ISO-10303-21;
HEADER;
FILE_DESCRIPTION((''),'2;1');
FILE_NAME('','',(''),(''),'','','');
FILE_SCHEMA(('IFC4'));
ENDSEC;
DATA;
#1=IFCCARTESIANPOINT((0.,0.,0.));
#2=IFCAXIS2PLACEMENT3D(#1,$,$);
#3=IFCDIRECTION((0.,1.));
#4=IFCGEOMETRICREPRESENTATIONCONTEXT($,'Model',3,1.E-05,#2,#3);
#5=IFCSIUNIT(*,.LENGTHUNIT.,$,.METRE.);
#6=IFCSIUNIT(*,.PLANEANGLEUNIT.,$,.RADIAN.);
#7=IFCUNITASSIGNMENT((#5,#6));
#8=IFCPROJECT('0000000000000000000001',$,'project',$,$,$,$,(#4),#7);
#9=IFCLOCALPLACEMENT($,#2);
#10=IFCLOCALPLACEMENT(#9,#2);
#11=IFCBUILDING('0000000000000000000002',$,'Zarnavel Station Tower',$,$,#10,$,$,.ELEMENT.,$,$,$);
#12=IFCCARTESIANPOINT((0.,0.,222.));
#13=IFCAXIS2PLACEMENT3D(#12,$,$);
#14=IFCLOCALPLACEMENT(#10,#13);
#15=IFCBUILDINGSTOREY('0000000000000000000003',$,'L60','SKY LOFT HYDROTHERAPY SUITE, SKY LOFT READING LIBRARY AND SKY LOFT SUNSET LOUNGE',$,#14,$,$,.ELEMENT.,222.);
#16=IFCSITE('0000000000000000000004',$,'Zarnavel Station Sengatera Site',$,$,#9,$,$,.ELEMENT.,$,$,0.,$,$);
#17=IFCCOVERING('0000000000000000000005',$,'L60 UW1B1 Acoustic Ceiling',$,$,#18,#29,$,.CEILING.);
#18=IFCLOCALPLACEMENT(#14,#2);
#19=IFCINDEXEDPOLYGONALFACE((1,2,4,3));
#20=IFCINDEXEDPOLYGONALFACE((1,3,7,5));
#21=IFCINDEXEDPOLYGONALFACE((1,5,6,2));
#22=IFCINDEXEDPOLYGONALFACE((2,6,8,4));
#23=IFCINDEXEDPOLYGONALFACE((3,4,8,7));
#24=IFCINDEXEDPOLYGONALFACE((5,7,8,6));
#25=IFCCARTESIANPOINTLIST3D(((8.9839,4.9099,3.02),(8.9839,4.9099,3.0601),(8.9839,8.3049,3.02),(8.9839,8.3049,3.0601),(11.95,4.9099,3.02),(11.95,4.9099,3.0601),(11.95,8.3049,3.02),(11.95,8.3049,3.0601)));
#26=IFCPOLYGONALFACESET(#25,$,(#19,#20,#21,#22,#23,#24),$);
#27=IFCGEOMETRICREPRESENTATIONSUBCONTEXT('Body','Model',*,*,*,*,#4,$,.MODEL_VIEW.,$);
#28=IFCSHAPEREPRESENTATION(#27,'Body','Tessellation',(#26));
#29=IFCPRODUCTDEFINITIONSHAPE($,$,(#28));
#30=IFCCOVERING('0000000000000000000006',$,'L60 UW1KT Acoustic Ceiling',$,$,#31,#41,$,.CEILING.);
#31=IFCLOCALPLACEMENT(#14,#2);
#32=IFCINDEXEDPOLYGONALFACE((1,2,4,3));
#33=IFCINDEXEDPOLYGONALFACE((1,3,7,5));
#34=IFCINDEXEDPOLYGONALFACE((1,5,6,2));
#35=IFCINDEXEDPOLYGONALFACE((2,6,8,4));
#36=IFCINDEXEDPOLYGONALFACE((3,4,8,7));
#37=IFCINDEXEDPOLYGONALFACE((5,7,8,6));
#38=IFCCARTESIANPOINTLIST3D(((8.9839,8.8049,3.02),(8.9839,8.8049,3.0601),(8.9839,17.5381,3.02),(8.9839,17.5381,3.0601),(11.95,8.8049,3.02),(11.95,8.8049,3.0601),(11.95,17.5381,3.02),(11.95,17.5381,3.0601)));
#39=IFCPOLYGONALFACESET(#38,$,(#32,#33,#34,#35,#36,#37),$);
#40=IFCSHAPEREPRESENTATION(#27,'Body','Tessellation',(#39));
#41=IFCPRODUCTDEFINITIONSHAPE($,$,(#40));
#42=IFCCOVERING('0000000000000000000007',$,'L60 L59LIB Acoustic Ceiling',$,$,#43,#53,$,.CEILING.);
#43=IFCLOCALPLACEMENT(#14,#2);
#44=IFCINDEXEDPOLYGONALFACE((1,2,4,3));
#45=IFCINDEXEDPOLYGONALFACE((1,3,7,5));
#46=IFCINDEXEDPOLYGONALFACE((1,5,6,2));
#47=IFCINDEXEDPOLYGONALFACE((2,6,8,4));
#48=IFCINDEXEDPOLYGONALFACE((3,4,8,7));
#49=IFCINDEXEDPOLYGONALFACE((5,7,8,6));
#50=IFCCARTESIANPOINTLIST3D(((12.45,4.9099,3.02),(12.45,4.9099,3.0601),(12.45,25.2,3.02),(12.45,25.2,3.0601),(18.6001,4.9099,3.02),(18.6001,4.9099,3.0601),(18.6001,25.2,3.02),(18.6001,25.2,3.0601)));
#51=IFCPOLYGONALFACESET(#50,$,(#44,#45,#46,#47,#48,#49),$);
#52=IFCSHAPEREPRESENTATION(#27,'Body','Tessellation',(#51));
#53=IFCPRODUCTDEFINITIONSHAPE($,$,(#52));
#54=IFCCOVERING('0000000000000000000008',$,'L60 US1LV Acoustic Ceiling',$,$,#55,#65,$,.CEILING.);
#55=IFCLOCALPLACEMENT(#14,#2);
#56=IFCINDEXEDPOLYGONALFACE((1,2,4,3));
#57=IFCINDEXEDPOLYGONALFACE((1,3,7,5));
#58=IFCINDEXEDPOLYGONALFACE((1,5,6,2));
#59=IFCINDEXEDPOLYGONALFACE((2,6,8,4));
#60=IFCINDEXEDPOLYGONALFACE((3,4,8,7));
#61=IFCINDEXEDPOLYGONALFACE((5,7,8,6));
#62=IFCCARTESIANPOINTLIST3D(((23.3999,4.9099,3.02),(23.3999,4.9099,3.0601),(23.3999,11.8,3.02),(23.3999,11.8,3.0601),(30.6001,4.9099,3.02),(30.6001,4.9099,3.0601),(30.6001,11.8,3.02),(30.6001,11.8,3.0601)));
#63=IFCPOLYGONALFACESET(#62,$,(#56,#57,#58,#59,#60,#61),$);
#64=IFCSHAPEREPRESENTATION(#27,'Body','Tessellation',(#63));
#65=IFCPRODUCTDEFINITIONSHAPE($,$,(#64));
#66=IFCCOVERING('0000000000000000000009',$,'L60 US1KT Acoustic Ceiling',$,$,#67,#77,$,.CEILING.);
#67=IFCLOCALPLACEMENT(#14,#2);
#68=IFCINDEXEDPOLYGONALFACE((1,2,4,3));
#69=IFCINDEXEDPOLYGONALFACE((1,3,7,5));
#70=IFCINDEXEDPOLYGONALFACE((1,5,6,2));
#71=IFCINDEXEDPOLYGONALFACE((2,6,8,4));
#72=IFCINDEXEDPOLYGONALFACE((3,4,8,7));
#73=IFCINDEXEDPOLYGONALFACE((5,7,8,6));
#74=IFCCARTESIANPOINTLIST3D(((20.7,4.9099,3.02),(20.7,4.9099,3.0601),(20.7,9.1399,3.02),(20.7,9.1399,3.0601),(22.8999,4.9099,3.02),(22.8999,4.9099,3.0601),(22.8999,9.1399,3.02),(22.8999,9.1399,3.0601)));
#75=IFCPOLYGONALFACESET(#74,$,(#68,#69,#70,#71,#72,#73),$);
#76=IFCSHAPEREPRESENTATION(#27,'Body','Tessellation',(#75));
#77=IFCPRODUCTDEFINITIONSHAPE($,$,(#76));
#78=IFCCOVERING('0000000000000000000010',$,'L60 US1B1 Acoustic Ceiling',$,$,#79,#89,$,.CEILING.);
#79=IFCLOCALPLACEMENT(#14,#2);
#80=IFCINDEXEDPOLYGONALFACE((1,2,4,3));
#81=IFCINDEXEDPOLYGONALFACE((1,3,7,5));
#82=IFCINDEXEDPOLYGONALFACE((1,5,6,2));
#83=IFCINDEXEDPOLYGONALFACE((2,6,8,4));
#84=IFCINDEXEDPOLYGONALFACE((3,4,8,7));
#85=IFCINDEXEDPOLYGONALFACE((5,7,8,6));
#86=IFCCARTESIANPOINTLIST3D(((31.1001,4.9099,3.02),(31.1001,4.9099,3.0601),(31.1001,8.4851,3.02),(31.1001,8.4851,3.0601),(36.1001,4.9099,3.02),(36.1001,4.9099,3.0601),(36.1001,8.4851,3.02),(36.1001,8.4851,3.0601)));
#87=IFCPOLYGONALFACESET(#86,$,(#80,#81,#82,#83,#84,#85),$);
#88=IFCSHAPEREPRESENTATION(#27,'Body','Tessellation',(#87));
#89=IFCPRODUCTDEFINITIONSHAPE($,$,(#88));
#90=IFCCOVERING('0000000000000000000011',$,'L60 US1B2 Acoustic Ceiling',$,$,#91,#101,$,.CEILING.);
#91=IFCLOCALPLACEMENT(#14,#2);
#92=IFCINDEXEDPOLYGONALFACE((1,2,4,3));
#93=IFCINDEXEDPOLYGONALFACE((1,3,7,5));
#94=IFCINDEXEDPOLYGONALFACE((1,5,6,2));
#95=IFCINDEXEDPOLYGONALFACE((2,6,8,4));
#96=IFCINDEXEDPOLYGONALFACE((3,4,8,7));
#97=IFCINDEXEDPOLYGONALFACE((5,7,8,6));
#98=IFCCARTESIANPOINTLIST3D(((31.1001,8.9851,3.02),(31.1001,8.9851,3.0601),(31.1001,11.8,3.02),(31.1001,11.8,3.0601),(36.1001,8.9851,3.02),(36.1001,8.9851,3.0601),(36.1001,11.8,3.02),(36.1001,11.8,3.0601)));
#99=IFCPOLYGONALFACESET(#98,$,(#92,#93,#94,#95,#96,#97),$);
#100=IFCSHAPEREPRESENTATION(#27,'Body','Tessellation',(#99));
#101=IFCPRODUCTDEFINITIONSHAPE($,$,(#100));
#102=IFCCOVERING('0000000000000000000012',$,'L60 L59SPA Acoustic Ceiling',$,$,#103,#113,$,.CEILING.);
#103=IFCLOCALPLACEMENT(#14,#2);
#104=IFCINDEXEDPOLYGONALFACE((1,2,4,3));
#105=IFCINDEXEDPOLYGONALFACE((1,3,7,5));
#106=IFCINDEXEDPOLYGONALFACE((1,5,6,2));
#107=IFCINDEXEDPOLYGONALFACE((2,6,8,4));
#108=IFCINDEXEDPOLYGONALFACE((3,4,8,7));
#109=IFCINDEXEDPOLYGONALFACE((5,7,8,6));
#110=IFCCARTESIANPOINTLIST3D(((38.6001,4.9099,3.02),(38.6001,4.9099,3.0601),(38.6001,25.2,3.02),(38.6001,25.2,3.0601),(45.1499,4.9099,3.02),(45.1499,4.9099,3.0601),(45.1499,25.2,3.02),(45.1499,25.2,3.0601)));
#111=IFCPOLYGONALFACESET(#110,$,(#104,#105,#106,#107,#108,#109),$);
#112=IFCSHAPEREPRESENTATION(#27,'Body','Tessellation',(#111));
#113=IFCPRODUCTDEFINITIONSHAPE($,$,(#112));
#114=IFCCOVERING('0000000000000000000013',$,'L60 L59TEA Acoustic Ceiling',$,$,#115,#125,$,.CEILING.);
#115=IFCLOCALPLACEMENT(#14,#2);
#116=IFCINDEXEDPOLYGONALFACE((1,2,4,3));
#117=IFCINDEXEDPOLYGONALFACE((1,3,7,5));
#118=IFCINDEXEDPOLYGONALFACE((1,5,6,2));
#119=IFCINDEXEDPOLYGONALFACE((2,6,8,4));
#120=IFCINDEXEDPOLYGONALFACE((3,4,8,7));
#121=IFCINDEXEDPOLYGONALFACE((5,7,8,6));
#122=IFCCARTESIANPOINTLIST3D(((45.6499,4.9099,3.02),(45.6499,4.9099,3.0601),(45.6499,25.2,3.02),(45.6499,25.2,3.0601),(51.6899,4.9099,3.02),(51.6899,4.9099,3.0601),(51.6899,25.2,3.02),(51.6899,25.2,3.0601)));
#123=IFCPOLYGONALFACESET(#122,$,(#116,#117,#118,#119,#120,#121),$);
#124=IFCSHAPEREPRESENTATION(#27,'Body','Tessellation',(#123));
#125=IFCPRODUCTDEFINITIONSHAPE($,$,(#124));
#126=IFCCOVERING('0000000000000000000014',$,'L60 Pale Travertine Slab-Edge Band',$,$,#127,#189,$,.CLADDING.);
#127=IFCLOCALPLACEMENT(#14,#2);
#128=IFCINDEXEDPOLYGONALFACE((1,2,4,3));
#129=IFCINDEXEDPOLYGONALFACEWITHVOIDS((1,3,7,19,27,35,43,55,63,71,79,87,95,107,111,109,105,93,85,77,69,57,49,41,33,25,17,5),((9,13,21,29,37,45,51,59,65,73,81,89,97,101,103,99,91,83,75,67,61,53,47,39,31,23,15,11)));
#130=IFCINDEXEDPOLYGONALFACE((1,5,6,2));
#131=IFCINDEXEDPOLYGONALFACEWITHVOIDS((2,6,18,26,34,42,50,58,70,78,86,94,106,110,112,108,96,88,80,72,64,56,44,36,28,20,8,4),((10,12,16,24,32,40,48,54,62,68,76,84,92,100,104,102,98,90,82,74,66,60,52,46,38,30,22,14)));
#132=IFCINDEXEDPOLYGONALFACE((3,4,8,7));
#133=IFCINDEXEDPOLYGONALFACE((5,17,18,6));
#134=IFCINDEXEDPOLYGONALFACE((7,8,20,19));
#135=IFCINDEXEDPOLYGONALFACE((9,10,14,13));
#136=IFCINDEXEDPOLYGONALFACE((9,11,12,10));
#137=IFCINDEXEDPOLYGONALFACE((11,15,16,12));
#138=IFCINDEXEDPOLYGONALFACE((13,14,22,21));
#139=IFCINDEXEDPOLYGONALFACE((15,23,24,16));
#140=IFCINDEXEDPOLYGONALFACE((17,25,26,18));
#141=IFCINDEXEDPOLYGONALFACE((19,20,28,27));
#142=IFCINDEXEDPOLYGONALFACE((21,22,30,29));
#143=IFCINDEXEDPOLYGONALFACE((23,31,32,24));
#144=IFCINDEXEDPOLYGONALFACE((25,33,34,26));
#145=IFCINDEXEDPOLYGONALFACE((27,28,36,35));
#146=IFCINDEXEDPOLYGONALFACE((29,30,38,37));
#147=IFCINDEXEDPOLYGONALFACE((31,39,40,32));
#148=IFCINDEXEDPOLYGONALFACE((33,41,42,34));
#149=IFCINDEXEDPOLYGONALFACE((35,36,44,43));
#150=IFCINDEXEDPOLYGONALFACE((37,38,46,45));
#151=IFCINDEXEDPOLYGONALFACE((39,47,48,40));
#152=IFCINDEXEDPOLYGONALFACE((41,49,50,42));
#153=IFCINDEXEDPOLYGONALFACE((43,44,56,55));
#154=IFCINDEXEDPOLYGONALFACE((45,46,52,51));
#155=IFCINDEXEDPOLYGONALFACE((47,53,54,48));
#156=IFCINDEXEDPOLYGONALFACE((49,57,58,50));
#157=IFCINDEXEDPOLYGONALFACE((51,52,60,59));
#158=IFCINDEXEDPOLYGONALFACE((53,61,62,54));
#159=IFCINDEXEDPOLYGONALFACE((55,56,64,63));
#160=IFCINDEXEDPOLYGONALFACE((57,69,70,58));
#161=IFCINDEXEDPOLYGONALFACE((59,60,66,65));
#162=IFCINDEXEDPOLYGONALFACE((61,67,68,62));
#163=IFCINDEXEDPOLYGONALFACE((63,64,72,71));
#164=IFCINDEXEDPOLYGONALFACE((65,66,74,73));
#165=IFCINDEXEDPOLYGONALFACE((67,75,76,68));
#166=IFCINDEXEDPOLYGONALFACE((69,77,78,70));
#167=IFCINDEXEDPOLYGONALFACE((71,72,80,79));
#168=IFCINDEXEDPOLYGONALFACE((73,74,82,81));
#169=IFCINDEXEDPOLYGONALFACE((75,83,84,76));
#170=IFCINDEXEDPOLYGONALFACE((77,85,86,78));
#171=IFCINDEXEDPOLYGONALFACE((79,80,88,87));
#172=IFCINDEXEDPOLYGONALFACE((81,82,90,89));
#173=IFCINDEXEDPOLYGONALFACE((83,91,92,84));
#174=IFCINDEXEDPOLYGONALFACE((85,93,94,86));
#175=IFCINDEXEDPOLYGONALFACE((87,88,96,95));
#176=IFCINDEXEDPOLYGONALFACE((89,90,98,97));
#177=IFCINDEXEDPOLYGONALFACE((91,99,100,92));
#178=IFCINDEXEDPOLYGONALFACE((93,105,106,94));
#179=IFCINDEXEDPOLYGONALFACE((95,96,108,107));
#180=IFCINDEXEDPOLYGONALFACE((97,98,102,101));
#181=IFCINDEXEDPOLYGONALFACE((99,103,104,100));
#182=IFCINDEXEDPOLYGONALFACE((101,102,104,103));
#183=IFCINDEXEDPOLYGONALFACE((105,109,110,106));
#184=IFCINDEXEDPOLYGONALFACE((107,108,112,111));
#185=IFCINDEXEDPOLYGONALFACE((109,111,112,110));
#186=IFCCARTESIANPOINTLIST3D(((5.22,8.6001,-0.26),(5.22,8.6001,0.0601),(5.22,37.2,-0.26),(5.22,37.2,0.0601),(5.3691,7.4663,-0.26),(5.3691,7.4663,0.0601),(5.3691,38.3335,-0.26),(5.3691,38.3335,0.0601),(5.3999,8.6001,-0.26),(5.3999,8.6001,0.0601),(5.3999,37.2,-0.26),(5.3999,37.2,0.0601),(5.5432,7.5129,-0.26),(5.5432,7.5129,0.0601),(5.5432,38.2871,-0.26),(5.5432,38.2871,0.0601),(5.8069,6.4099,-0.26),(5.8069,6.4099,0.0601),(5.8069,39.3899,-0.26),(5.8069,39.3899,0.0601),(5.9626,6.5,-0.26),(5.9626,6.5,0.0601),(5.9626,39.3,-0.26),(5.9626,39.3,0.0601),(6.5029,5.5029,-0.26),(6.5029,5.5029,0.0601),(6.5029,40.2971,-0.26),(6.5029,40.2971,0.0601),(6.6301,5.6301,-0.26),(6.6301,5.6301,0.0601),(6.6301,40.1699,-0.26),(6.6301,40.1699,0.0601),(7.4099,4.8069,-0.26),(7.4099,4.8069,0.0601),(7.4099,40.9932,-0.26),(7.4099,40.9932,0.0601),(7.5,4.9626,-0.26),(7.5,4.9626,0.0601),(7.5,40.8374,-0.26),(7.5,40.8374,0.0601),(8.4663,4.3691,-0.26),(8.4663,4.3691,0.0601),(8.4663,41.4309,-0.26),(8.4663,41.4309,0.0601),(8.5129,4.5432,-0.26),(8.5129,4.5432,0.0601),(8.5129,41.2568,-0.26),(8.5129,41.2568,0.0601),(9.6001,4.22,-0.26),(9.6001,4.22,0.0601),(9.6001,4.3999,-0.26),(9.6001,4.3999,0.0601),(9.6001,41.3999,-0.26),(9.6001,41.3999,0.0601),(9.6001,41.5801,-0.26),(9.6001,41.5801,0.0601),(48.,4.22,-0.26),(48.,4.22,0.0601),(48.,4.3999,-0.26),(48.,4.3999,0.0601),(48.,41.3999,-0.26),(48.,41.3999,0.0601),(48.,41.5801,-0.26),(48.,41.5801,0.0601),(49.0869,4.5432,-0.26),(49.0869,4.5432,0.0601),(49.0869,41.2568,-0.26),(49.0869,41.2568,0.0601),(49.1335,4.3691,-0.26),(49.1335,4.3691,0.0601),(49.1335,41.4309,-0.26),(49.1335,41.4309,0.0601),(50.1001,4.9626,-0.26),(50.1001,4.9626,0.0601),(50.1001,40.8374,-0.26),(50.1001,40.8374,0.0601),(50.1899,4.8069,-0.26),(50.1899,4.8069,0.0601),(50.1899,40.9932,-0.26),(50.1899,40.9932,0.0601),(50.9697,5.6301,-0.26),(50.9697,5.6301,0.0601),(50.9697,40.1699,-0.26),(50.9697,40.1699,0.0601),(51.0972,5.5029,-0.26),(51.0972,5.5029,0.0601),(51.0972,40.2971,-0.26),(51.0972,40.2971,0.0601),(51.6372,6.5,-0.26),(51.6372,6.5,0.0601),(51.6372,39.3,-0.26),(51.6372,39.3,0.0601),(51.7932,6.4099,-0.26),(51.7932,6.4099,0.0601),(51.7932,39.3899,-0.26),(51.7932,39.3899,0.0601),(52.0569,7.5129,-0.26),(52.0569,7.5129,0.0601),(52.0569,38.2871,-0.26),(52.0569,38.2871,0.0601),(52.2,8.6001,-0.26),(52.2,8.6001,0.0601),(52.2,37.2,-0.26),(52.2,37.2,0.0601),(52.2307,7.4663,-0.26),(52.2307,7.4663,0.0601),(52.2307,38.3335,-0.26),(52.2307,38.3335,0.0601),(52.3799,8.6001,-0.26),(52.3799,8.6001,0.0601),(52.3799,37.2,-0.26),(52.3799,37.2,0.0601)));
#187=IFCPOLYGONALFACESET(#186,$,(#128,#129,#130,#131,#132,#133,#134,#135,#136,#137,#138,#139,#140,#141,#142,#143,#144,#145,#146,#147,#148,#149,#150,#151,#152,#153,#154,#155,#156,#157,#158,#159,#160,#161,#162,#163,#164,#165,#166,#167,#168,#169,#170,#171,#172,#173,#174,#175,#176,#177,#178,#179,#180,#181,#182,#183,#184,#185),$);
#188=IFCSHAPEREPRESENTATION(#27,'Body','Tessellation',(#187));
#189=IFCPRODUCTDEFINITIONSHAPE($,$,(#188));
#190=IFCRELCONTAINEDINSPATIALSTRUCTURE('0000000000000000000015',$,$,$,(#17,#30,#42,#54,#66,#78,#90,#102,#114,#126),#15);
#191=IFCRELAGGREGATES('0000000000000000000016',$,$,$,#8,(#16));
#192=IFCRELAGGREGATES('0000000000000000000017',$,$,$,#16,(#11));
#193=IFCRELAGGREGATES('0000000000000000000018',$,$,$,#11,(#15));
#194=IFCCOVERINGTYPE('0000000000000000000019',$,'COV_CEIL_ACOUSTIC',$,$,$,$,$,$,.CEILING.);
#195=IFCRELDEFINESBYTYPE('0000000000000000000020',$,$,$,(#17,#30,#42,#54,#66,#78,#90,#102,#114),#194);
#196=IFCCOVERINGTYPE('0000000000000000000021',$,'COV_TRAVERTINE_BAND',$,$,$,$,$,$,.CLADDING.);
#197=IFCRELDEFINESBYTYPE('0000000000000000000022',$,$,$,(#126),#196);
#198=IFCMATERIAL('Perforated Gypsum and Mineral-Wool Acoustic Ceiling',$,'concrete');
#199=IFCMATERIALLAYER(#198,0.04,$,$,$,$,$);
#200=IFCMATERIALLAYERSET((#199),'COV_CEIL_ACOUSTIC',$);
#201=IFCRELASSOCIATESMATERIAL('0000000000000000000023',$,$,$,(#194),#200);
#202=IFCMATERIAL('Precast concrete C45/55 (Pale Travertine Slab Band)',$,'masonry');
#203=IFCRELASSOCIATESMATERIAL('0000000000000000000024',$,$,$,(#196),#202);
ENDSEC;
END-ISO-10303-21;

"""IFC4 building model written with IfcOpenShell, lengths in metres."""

from ifc_helpers import new_model, si_unit, direction, frame, origin, place, context, subcontext, project, spatial, polyline, outline, extrude, material, layer, layer_set, type_object, element, save


model = new_model("IFC4")

# Units and contexts
model_context = context("Model", 3, precision=1e-05, world=origin(), true_north=direction((0.0, 1.0)))
body_context = subcontext(model_context, "Body", "Model", "MODEL_VIEW")
ifc_project = project(units=[si_unit("LENGTHUNIT", "METRE"), si_unit("PLANEANGLEUNIT", "RADIAN")], contexts=[model_context])

# Site, building, storey
site_placement = place(None, origin())
site = spatial("IfcSite", under=ifc_project, at=site_placement, Name="Zarnavel Station Sengatera Site", CompositionType="ELEMENT", RefElevation=0.0)
building_placement = place(site_placement, origin())
building = spatial("IfcBuilding", under=site, at=building_placement, Name="Zarnavel Station Tower", CompositionType="ELEMENT")
storey_placement = place(building_placement, frame((0.0, 0.0, 222.0)))
storey = spatial("IfcBuildingStorey", under=building, at=storey_placement, Name="L60", Description="SKY LOFT HYDROTHERAPY SUITE, SKY LOFT READING LIBRARY AND SKY LOFT SUNSET LOUNGE", CompositionType="ELEMENT", Elevation=222.0)

# Coverings
ifc_material_1 = material(Name="Perforated Gypsum and Mineral-Wool Acoustic Ceiling", Category="concrete")
ifc_layer_1 = layer(ifc_material_1, 0.04)
ifc_layer_set_1 = layer_set([ifc_layer_1], Name="COV_CEIL_ACOUSTIC")
covering_type_1 = type_object("IfcCoveringType", Name="COV_CEIL_ACOUSTIC", PredefinedType="CEILING", material=ifc_layer_set_1)
covering_1_placement = place(storey_placement, frame((0.0, 0.0, 3.02)))
element("IfcCovering", 1, at=covering_1_placement, inside=storey, type_object=covering_type_1, Name="L60 UW1B1 Acoustic Ceiling", PredefinedType="CEILING", context=body_context, shape_type="SweptSolid", body=[
    extrude(outline(polyline([(8.9839, 4.9099), (11.95, 4.9099), (11.95, 8.3049), (8.9839, 8.3049), (8.9839, 4.9099)])), origin(), (0.0, 0.0, 1.0), 0.04),
])
covering_2_placement = place(storey_placement, frame((0.0, 0.0, 3.02)))
element("IfcCovering", 2, at=covering_2_placement, inside=storey, type_object=covering_type_1, Name="L60 UW1KT Acoustic Ceiling", PredefinedType="CEILING", context=body_context, shape_type="SweptSolid", body=[
    extrude(outline(polyline([(8.9839, 8.8049), (11.95, 8.8049), (11.95, 17.5381), (8.9839, 17.5381), (8.9839, 8.8049)])), origin(), (0.0, 0.0, 1.0), 0.04),
])
covering_3_placement = place(storey_placement, frame((0.0, 0.0, 3.02)))
element("IfcCovering", 3, at=covering_3_placement, inside=storey, type_object=covering_type_1, Name="L60 L59LIB Acoustic Ceiling", PredefinedType="CEILING", context=body_context, shape_type="SweptSolid", body=[
    extrude(outline(polyline([(12.45, 4.9099), (18.6001, 4.9099), (18.6001, 25.2), (12.45, 25.2), (12.45, 4.9099)])), origin(), (0.0, 0.0, 1.0), 0.04),
])
covering_4_placement = place(storey_placement, frame((0.0, 0.0, 3.02)))
element("IfcCovering", 4, at=covering_4_placement, inside=storey, type_object=covering_type_1, Name="L60 US1LV Acoustic Ceiling", PredefinedType="CEILING", context=body_context, shape_type="SweptSolid", body=[
    extrude(outline(polyline([(23.3999, 4.9099), (30.6001, 4.9099), (30.6001, 11.8), (23.3999, 11.8), (23.3999, 4.9099)])), origin(), (0.0, 0.0, 1.0), 0.04),
])
covering_5_placement = place(storey_placement, frame((0.0, 0.0, 3.02)))
element("IfcCovering", 5, at=covering_5_placement, inside=storey, type_object=covering_type_1, Name="L60 US1KT Acoustic Ceiling", PredefinedType="CEILING", context=body_context, shape_type="SweptSolid", body=[
    extrude(outline(polyline([(20.7, 4.9099), (22.8999, 4.9099), (22.8999, 9.1399), (20.7, 9.1399), (20.7, 4.9099)])), origin(), (0.0, 0.0, 1.0), 0.04),
])
covering_6_placement = place(storey_placement, frame((0.0, 0.0, 3.02)))
element("IfcCovering", 6, at=covering_6_placement, inside=storey, type_object=covering_type_1, Name="L60 US1B1 Acoustic Ceiling", PredefinedType="CEILING", context=body_context, shape_type="SweptSolid", body=[
    extrude(outline(polyline([(31.1001, 4.9099), (36.1001, 4.9099), (36.1001, 8.4851), (31.1001, 8.4851), (31.1001, 4.9099)])), origin(), (0.0, 0.0, 1.0), 0.04),
])
covering_7_placement = place(storey_placement, frame((0.0, 0.0, 3.02)))
element("IfcCovering", 7, at=covering_7_placement, inside=storey, type_object=covering_type_1, Name="L60 US1B2 Acoustic Ceiling", PredefinedType="CEILING", context=body_context, shape_type="SweptSolid", body=[
    extrude(outline(polyline([(31.1001, 8.9851), (36.1001, 8.9851), (36.1001, 11.8), (31.1001, 11.8), (31.1001, 8.9851)])), origin(), (0.0, 0.0, 1.0), 0.04),
])
covering_8_placement = place(storey_placement, frame((0.0, 0.0, 3.02)))
element("IfcCovering", 8, at=covering_8_placement, inside=storey, type_object=covering_type_1, Name="L60 L59SPA Acoustic Ceiling", PredefinedType="CEILING", context=body_context, shape_type="SweptSolid", body=[
    extrude(outline(polyline([(38.6001, 4.9099), (45.1499, 4.9099), (45.1499, 25.2), (38.6001, 25.2), (38.6001, 4.9099)])), origin(), (0.0, 0.0, 1.0), 0.04),
])
covering_9_placement = place(storey_placement, frame((0.0, 0.0, 3.02)))
element("IfcCovering", 9, at=covering_9_placement, inside=storey, type_object=covering_type_1, Name="L60 L59TEA Acoustic Ceiling", PredefinedType="CEILING", context=body_context, shape_type="SweptSolid", body=[
    extrude(outline(polyline([(45.6499, 4.9099), (51.6899, 4.9099), (51.6899, 25.2), (45.6499, 25.2), (45.6499, 4.9099)])), origin(), (0.0, 0.0, 1.0), 0.04),
])
ifc_material_2 = material(Name="Precast concrete C45/55 (Pale Travertine Slab Band)", Category="masonry")
covering_type_2 = type_object("IfcCoveringType", Name="COV_TRAVERTINE_BAND", PredefinedType="CLADDING", material=ifc_material_2)
covering_10_placement = place(storey_placement, frame((0.0, 0.0, -0.26)))
element("IfcCovering", 10, at=covering_10_placement, inside=storey, type_object=covering_type_2, Name="L60 Pale Travertine Slab-Edge Band", PredefinedType="CLADDING", context=body_context, shape_type="SweptSolid", body=[
    extrude(outline(polyline([(48.0, 4.22), (49.1335, 4.3691), (50.1899, 4.8069), (51.0972, 5.5029), (51.7932, 6.4099), (52.2307, 7.4663), (52.3799, 8.6001), (52.3799, 37.2), (52.2307, 38.3335), (51.7932, 39.3899), (51.0972, 40.2971), (50.1899, 40.9932), (49.1335, 41.4309), (48.0, 41.5801), (9.6001, 41.5801), (8.4663, 41.4309), (7.4099, 40.9932), (6.5029, 40.2971), (5.8069, 39.3899), (5.3691, 38.3335), (5.22, 37.2), (5.22, 8.6001), (5.3691, 7.4663), (5.8069, 6.4099), (6.5029, 5.5029), (7.4099, 4.8069), (8.4663, 4.3691), (9.6001, 4.22), (48.0, 4.22)]), holes=[polyline([(48.0, 4.3999), (49.0869, 4.5432), (50.1001, 4.9626), (50.9697, 5.6301), (51.6372, 6.5), (52.0569, 7.5129), (52.2, 8.6001), (52.2, 37.2), (52.0569, 38.2871), (51.6372, 39.3), (50.9697, 40.1699), (50.1001, 40.8374), (49.0869, 41.2568), (48.0, 41.3999), (9.6001, 41.3999), (8.5129, 41.2568), (7.5, 40.8374), (6.6301, 40.1699), (5.9626, 39.3), (5.5432, 38.2871), (5.3999, 37.2), (5.3999, 8.6001), (5.5432, 7.5129), (5.9626, 6.5), (6.6301, 5.6301), (7.5, 4.9626), (8.5129, 4.5432), (9.6001, 4.3999), (48.0, 4.3999)])]), origin(), (0.0, 0.0, 1.0), 0.3201),
])

save(model, "model.ifc")
